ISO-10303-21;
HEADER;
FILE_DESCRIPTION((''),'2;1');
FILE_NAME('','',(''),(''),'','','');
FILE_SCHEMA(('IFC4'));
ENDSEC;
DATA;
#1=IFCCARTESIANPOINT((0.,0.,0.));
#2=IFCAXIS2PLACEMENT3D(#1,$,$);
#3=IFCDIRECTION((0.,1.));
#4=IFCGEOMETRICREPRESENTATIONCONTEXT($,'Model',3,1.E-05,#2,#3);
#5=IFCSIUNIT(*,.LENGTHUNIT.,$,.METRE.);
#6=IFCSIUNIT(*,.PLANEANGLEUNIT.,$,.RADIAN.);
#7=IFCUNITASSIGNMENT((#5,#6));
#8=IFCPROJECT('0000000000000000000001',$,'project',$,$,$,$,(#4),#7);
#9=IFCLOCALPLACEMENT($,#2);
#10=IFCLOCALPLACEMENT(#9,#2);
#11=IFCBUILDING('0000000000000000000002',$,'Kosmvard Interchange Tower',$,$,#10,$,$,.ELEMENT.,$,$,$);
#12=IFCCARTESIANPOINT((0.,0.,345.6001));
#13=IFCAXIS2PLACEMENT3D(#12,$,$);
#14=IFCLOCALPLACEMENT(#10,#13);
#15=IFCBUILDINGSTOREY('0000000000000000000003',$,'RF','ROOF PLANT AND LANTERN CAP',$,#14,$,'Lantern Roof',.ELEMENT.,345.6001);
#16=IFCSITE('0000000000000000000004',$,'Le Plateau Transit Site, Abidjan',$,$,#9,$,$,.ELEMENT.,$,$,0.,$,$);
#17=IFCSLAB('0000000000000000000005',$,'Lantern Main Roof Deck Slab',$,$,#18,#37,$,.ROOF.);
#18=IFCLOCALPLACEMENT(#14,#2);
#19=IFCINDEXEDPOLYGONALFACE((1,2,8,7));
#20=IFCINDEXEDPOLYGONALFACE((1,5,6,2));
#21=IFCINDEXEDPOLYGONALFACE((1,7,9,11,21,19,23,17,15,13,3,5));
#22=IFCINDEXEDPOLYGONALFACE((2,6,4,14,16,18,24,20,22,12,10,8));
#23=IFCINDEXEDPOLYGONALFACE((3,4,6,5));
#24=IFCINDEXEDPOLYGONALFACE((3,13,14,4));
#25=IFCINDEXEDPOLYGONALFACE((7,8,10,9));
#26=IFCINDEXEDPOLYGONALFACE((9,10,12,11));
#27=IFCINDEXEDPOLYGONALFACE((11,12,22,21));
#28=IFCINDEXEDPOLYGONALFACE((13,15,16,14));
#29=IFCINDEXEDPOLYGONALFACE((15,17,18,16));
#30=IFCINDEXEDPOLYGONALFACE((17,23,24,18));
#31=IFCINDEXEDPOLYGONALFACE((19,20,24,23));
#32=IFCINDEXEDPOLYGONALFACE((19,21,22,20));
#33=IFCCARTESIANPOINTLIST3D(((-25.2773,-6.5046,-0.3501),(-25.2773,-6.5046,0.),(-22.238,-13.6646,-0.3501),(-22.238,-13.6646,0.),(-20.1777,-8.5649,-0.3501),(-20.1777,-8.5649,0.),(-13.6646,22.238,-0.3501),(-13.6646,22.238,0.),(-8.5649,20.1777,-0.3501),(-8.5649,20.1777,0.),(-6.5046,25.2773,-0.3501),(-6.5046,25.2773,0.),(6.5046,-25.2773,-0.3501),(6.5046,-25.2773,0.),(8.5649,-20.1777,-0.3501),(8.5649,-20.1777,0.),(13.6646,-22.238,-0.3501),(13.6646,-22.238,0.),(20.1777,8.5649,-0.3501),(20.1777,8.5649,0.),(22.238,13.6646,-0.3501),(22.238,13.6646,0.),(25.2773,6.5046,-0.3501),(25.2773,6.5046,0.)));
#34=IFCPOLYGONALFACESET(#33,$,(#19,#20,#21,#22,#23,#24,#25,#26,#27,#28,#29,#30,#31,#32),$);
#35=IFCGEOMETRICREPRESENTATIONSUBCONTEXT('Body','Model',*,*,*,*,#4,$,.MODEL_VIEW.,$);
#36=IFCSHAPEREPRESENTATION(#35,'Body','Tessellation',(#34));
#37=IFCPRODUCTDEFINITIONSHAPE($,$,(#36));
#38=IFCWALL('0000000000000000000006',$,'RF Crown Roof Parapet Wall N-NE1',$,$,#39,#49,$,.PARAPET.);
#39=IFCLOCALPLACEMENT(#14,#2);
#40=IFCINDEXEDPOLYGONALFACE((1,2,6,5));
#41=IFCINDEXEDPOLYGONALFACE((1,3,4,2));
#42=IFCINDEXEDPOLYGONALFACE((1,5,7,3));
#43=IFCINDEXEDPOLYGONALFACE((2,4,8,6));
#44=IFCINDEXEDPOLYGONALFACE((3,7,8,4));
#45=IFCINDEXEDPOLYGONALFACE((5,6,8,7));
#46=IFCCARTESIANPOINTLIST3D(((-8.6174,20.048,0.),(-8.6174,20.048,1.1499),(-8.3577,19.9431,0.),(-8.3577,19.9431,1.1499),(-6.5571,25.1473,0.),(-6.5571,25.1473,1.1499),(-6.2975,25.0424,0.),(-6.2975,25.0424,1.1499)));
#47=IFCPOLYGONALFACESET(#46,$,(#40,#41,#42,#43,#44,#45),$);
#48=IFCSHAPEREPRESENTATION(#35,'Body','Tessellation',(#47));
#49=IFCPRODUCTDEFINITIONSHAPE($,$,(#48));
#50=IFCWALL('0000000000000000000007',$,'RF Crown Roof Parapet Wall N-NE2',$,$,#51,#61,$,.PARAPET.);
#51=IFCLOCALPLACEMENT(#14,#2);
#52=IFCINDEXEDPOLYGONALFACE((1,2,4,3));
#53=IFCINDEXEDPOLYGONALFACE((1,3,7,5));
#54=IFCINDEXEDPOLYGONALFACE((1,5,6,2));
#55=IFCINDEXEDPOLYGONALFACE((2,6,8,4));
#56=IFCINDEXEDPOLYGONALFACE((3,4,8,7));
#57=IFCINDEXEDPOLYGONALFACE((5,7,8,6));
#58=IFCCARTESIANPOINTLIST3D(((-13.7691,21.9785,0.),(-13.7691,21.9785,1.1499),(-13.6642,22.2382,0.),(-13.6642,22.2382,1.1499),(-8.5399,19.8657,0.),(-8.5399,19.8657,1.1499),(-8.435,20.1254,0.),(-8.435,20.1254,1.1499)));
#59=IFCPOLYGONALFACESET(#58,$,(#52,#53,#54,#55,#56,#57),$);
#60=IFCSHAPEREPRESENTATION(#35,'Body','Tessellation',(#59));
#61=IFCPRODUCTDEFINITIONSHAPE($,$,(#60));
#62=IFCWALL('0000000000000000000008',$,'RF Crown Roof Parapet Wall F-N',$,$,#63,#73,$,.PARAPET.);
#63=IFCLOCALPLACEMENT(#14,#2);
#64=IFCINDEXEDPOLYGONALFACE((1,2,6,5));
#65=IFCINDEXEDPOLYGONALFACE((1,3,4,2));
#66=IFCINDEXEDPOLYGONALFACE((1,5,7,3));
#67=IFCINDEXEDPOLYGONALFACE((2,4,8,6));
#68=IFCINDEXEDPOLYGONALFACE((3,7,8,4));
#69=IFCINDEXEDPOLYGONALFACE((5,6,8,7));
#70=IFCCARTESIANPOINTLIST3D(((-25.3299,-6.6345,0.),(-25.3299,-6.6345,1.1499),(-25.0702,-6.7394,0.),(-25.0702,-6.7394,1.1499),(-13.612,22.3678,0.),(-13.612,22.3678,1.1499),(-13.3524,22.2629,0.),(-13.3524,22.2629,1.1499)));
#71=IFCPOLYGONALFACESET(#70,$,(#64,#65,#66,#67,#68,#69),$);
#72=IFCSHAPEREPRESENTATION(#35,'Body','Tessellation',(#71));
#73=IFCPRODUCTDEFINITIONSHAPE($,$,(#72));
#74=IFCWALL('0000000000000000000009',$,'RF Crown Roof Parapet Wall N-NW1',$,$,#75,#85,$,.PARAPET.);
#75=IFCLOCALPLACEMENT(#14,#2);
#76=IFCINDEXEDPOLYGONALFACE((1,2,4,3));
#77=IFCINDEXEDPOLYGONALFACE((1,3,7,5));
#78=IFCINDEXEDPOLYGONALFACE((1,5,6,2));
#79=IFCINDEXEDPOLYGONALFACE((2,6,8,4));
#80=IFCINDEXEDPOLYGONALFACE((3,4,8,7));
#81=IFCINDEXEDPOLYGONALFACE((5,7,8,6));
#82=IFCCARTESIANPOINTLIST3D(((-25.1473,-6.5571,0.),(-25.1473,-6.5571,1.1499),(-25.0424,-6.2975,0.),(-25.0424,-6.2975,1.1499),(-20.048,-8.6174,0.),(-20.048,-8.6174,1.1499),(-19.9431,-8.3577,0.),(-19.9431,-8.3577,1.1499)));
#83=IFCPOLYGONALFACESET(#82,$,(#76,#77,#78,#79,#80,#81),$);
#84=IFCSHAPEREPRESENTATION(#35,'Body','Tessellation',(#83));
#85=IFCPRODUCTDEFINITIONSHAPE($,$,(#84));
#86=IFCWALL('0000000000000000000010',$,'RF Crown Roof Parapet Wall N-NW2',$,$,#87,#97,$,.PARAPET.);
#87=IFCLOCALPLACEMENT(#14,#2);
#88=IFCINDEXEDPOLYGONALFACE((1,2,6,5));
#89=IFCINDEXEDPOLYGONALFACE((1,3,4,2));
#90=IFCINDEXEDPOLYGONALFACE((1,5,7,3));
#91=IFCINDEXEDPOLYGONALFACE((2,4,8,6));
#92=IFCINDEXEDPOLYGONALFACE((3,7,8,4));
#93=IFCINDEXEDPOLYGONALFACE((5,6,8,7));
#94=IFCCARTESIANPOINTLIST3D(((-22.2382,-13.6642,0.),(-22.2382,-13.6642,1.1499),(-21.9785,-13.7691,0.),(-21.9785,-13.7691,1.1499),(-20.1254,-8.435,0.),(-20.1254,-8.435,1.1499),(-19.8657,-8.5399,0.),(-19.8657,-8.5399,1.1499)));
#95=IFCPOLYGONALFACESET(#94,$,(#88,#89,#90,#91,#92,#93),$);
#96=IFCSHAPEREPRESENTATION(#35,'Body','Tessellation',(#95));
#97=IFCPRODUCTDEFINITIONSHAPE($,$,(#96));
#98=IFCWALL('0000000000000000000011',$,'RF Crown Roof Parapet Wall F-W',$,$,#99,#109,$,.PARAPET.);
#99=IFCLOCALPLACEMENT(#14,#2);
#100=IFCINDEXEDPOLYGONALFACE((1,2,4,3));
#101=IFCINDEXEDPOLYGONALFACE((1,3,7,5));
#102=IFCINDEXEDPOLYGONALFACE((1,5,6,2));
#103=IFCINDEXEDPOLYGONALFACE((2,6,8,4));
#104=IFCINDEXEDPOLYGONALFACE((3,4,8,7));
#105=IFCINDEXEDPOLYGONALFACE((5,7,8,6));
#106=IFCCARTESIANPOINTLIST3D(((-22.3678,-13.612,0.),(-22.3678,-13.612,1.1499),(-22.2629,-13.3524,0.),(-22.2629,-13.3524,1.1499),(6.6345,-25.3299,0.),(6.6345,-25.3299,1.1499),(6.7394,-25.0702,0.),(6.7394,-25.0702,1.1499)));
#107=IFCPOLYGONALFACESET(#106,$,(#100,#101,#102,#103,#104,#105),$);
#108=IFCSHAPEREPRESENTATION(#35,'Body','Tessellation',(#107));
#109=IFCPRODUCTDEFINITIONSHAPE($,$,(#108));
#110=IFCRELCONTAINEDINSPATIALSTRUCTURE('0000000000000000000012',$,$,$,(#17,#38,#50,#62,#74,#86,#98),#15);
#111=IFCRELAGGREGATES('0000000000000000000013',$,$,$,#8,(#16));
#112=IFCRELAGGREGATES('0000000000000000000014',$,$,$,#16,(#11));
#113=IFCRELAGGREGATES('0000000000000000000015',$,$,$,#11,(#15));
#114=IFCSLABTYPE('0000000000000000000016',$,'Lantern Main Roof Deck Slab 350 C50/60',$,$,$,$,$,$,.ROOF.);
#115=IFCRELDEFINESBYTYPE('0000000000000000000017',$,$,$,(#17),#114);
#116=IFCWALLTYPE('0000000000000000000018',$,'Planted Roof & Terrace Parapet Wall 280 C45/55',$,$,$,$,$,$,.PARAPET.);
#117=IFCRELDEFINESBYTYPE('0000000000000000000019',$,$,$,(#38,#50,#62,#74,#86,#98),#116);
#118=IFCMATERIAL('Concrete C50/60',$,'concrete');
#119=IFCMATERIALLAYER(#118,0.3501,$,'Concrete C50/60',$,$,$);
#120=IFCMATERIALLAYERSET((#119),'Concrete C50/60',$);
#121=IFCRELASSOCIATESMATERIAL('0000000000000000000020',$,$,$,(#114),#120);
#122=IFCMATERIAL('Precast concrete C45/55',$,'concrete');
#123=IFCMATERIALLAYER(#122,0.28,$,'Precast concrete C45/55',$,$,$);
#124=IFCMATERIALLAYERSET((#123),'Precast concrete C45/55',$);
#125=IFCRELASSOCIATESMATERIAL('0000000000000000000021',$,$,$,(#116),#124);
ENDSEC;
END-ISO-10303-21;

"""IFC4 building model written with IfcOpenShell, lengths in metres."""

from ifc_helpers import new_model, si_unit, direction, frame, frame_2d, origin, place, context, subcontext, project, spatial, polyline, rectangle, outline, extrude, material, layer, layer_set, type_object, element, save


model = new_model("IFC4")

# Units and contexts
model_context = context("Model", 3, precision=1e-05, world=origin(), true_north=direction((0.0, 1.0)))
body_context = subcontext(model_context, "Body", "Model", "MODEL_VIEW")
ifc_project = project(units=[si_unit("LENGTHUNIT", "METRE"), si_unit("PLANEANGLEUNIT", "RADIAN")], contexts=[model_context])

# Site, building, storey
site_placement = place(None, origin())
site = spatial("IfcSite", under=ifc_project, at=site_placement, Name="Le Plateau Transit Site, Abidjan", CompositionType="ELEMENT", RefElevation=0.0)
building_placement = place(site_placement, origin())
building = spatial("IfcBuilding", under=site, at=building_placement, Name="Kosmvard Interchange Tower", CompositionType="ELEMENT")
storey_placement = place(building_placement, frame((0.0, 0.0, 345.6001)))
storey = spatial("IfcBuildingStorey", under=building, at=storey_placement, Name="RF", Description="ROOF PLANT AND LANTERN CAP", LongName="Lantern Roof", CompositionType="ELEMENT", Elevation=345.6001)

# Slab
ifc_material_1 = material(Name="Concrete C50/60", Category="concrete")
ifc_layer_1 = layer(ifc_material_1, 0.3501, Name="Concrete C50/60")
ifc_layer_set_1 = layer_set([ifc_layer_1], Name="Concrete C50/60")
slab_type = type_object("IfcSlabType", Name="Lantern Main Roof Deck Slab 350 C50/60", PredefinedType="ROOF", material=ifc_layer_set_1)
slab_placement = place(storey_placement, frame((0.0, 0.0, -0.3501)))
element("IfcSlab", 1, at=slab_placement, inside=storey, type_object=slab_type, Name="Lantern Main Roof Deck Slab", PredefinedType="ROOF", context=body_context, shape_type="SweptSolid", body=[
    extrude(outline(polyline([(13.6646, -22.238), (25.2773, 6.5046), (20.1777, 8.5649), (22.238, 13.6646), (-6.5046, 25.2773), (-8.5649, 20.1777), (-13.6646, 22.238), (-25.2773, -6.5046), (-20.1777, -8.5649), (-22.238, -13.6646), (6.5046, -25.2773), (8.5649, -20.1777), (13.6646, -22.238)])), origin(), (0.0, 0.0, 1.0), 0.3501),
])

# Walls
ifc_material_2 = material(Name="Precast concrete C45/55", Category="concrete")
ifc_layer_2 = layer(ifc_material_2, 0.28, Name="Precast concrete C45/55")
ifc_layer_set_2 = layer_set([ifc_layer_2], Name="Precast concrete C45/55")
wall_type = type_object("IfcWallType", Name="Planted Roof & Terrace Parapet Wall 280 C45/55", PredefinedType="PARAPET", material=ifc_layer_set_2)
wall_1_placement = place(storey_placement, frame((-6.4272, 25.095, 0.0), z_axis=(0.0, 0.0, 1.0), x_axis=(-0.374611, -0.927182, 0.0)))
element("IfcWall", 2, at=wall_1_placement, inside=storey, type_object=wall_type, Name="RF Crown Roof Parapet Wall N-NE1", PredefinedType="PARAPET", context=body_context, shape_type="SweptSolid", body=[
    extrude(rectangle(XDim=5.4998, YDim=0.28, at=frame_2d((2.75, 0.0))), origin(), (0.0, 0.0, 1.0), 1.1499),
])
wall_2_placement = place(storey_placement, frame((-8.4875, 19.9956, 0.0), z_axis=(0.0, 0.0, 1.0), x_axis=(-0.927181, 0.374613, 0.0)))
element("IfcWall", 3, at=wall_2_placement, inside=storey, type_object=wall_type, Name="RF Crown Roof Parapet Wall N-NE2", PredefinedType="PARAPET", context=body_context, shape_type="SweptSolid", body=[
    extrude(rectangle(XDim=5.6399, YDim=0.28, at=frame_2d((2.8198, 0.0))), origin(), (0.0, 0.0, 1.0), 1.1499),
])
wall_3_placement = place(storey_placement, frame((-13.4822, 22.3154, 0.0), z_axis=(0.0, 0.0, 1.0), x_axis=(-0.37461, -0.927182, 0.0)))
element("IfcWall", 4, at=wall_3_placement, inside=storey, type_object=wall_type, Name="RF Crown Roof Parapet Wall F-N", PredefinedType="PARAPET", context=body_context, shape_type="SweptSolid", body=[
    extrude(rectangle(XDim=31.28, YDim=0.28, at=frame_2d((15.6401, 0.0))), origin(), (0.0, 0.0, 1.0), 1.1499),
])
wall_4_placement = place(storey_placement, frame((-25.095, -6.4272, 0.0), z_axis=(0.0, 0.0, 1.0), x_axis=(0.927182, -0.374611, 0.0)))
element("IfcWall", 5, at=wall_4_placement, inside=storey, type_object=wall_type, Name="RF Crown Roof Parapet Wall N-NW1", PredefinedType="PARAPET", context=body_context, shape_type="SweptSolid", body=[
    extrude(rectangle(XDim=5.4998, YDim=0.28, at=frame_2d((2.75, 0.0))), origin(), (0.0, 0.0, 1.0), 1.1499),
])
wall_5_placement = place(storey_placement, frame((-19.9956, -8.4875, 0.0), z_axis=(0.0, 0.0, 1.0), x_axis=(-0.374613, -0.927181, 0.0)))
element("IfcWall", 6, at=wall_5_placement, inside=storey, type_object=wall_type, Name="RF Crown Roof Parapet Wall N-NW2", PredefinedType="PARAPET", context=body_context, shape_type="SweptSolid", body=[
    extrude(rectangle(XDim=5.6399, YDim=0.28, at=frame_2d((2.8198, 0.0))), origin(), (0.0, 0.0, 1.0), 1.1499),
])
wall_6_placement = place(storey_placement, frame((-22.3154, -13.4822, 0.0), z_axis=(0.0, 0.0, 1.0), x_axis=(0.927182, -0.37461, 0.0)))
element("IfcWall", 7, at=wall_6_placement, inside=storey, type_object=wall_type, Name="RF Crown Roof Parapet Wall F-W", PredefinedType="PARAPET", context=body_context, shape_type="SweptSolid", body=[
    extrude(rectangle(XDim=31.28, YDim=0.28, at=frame_2d((15.6401, 0.0))), origin(), (0.0, 0.0, 1.0), 1.1499),
])

save(model, "model.ifc")
